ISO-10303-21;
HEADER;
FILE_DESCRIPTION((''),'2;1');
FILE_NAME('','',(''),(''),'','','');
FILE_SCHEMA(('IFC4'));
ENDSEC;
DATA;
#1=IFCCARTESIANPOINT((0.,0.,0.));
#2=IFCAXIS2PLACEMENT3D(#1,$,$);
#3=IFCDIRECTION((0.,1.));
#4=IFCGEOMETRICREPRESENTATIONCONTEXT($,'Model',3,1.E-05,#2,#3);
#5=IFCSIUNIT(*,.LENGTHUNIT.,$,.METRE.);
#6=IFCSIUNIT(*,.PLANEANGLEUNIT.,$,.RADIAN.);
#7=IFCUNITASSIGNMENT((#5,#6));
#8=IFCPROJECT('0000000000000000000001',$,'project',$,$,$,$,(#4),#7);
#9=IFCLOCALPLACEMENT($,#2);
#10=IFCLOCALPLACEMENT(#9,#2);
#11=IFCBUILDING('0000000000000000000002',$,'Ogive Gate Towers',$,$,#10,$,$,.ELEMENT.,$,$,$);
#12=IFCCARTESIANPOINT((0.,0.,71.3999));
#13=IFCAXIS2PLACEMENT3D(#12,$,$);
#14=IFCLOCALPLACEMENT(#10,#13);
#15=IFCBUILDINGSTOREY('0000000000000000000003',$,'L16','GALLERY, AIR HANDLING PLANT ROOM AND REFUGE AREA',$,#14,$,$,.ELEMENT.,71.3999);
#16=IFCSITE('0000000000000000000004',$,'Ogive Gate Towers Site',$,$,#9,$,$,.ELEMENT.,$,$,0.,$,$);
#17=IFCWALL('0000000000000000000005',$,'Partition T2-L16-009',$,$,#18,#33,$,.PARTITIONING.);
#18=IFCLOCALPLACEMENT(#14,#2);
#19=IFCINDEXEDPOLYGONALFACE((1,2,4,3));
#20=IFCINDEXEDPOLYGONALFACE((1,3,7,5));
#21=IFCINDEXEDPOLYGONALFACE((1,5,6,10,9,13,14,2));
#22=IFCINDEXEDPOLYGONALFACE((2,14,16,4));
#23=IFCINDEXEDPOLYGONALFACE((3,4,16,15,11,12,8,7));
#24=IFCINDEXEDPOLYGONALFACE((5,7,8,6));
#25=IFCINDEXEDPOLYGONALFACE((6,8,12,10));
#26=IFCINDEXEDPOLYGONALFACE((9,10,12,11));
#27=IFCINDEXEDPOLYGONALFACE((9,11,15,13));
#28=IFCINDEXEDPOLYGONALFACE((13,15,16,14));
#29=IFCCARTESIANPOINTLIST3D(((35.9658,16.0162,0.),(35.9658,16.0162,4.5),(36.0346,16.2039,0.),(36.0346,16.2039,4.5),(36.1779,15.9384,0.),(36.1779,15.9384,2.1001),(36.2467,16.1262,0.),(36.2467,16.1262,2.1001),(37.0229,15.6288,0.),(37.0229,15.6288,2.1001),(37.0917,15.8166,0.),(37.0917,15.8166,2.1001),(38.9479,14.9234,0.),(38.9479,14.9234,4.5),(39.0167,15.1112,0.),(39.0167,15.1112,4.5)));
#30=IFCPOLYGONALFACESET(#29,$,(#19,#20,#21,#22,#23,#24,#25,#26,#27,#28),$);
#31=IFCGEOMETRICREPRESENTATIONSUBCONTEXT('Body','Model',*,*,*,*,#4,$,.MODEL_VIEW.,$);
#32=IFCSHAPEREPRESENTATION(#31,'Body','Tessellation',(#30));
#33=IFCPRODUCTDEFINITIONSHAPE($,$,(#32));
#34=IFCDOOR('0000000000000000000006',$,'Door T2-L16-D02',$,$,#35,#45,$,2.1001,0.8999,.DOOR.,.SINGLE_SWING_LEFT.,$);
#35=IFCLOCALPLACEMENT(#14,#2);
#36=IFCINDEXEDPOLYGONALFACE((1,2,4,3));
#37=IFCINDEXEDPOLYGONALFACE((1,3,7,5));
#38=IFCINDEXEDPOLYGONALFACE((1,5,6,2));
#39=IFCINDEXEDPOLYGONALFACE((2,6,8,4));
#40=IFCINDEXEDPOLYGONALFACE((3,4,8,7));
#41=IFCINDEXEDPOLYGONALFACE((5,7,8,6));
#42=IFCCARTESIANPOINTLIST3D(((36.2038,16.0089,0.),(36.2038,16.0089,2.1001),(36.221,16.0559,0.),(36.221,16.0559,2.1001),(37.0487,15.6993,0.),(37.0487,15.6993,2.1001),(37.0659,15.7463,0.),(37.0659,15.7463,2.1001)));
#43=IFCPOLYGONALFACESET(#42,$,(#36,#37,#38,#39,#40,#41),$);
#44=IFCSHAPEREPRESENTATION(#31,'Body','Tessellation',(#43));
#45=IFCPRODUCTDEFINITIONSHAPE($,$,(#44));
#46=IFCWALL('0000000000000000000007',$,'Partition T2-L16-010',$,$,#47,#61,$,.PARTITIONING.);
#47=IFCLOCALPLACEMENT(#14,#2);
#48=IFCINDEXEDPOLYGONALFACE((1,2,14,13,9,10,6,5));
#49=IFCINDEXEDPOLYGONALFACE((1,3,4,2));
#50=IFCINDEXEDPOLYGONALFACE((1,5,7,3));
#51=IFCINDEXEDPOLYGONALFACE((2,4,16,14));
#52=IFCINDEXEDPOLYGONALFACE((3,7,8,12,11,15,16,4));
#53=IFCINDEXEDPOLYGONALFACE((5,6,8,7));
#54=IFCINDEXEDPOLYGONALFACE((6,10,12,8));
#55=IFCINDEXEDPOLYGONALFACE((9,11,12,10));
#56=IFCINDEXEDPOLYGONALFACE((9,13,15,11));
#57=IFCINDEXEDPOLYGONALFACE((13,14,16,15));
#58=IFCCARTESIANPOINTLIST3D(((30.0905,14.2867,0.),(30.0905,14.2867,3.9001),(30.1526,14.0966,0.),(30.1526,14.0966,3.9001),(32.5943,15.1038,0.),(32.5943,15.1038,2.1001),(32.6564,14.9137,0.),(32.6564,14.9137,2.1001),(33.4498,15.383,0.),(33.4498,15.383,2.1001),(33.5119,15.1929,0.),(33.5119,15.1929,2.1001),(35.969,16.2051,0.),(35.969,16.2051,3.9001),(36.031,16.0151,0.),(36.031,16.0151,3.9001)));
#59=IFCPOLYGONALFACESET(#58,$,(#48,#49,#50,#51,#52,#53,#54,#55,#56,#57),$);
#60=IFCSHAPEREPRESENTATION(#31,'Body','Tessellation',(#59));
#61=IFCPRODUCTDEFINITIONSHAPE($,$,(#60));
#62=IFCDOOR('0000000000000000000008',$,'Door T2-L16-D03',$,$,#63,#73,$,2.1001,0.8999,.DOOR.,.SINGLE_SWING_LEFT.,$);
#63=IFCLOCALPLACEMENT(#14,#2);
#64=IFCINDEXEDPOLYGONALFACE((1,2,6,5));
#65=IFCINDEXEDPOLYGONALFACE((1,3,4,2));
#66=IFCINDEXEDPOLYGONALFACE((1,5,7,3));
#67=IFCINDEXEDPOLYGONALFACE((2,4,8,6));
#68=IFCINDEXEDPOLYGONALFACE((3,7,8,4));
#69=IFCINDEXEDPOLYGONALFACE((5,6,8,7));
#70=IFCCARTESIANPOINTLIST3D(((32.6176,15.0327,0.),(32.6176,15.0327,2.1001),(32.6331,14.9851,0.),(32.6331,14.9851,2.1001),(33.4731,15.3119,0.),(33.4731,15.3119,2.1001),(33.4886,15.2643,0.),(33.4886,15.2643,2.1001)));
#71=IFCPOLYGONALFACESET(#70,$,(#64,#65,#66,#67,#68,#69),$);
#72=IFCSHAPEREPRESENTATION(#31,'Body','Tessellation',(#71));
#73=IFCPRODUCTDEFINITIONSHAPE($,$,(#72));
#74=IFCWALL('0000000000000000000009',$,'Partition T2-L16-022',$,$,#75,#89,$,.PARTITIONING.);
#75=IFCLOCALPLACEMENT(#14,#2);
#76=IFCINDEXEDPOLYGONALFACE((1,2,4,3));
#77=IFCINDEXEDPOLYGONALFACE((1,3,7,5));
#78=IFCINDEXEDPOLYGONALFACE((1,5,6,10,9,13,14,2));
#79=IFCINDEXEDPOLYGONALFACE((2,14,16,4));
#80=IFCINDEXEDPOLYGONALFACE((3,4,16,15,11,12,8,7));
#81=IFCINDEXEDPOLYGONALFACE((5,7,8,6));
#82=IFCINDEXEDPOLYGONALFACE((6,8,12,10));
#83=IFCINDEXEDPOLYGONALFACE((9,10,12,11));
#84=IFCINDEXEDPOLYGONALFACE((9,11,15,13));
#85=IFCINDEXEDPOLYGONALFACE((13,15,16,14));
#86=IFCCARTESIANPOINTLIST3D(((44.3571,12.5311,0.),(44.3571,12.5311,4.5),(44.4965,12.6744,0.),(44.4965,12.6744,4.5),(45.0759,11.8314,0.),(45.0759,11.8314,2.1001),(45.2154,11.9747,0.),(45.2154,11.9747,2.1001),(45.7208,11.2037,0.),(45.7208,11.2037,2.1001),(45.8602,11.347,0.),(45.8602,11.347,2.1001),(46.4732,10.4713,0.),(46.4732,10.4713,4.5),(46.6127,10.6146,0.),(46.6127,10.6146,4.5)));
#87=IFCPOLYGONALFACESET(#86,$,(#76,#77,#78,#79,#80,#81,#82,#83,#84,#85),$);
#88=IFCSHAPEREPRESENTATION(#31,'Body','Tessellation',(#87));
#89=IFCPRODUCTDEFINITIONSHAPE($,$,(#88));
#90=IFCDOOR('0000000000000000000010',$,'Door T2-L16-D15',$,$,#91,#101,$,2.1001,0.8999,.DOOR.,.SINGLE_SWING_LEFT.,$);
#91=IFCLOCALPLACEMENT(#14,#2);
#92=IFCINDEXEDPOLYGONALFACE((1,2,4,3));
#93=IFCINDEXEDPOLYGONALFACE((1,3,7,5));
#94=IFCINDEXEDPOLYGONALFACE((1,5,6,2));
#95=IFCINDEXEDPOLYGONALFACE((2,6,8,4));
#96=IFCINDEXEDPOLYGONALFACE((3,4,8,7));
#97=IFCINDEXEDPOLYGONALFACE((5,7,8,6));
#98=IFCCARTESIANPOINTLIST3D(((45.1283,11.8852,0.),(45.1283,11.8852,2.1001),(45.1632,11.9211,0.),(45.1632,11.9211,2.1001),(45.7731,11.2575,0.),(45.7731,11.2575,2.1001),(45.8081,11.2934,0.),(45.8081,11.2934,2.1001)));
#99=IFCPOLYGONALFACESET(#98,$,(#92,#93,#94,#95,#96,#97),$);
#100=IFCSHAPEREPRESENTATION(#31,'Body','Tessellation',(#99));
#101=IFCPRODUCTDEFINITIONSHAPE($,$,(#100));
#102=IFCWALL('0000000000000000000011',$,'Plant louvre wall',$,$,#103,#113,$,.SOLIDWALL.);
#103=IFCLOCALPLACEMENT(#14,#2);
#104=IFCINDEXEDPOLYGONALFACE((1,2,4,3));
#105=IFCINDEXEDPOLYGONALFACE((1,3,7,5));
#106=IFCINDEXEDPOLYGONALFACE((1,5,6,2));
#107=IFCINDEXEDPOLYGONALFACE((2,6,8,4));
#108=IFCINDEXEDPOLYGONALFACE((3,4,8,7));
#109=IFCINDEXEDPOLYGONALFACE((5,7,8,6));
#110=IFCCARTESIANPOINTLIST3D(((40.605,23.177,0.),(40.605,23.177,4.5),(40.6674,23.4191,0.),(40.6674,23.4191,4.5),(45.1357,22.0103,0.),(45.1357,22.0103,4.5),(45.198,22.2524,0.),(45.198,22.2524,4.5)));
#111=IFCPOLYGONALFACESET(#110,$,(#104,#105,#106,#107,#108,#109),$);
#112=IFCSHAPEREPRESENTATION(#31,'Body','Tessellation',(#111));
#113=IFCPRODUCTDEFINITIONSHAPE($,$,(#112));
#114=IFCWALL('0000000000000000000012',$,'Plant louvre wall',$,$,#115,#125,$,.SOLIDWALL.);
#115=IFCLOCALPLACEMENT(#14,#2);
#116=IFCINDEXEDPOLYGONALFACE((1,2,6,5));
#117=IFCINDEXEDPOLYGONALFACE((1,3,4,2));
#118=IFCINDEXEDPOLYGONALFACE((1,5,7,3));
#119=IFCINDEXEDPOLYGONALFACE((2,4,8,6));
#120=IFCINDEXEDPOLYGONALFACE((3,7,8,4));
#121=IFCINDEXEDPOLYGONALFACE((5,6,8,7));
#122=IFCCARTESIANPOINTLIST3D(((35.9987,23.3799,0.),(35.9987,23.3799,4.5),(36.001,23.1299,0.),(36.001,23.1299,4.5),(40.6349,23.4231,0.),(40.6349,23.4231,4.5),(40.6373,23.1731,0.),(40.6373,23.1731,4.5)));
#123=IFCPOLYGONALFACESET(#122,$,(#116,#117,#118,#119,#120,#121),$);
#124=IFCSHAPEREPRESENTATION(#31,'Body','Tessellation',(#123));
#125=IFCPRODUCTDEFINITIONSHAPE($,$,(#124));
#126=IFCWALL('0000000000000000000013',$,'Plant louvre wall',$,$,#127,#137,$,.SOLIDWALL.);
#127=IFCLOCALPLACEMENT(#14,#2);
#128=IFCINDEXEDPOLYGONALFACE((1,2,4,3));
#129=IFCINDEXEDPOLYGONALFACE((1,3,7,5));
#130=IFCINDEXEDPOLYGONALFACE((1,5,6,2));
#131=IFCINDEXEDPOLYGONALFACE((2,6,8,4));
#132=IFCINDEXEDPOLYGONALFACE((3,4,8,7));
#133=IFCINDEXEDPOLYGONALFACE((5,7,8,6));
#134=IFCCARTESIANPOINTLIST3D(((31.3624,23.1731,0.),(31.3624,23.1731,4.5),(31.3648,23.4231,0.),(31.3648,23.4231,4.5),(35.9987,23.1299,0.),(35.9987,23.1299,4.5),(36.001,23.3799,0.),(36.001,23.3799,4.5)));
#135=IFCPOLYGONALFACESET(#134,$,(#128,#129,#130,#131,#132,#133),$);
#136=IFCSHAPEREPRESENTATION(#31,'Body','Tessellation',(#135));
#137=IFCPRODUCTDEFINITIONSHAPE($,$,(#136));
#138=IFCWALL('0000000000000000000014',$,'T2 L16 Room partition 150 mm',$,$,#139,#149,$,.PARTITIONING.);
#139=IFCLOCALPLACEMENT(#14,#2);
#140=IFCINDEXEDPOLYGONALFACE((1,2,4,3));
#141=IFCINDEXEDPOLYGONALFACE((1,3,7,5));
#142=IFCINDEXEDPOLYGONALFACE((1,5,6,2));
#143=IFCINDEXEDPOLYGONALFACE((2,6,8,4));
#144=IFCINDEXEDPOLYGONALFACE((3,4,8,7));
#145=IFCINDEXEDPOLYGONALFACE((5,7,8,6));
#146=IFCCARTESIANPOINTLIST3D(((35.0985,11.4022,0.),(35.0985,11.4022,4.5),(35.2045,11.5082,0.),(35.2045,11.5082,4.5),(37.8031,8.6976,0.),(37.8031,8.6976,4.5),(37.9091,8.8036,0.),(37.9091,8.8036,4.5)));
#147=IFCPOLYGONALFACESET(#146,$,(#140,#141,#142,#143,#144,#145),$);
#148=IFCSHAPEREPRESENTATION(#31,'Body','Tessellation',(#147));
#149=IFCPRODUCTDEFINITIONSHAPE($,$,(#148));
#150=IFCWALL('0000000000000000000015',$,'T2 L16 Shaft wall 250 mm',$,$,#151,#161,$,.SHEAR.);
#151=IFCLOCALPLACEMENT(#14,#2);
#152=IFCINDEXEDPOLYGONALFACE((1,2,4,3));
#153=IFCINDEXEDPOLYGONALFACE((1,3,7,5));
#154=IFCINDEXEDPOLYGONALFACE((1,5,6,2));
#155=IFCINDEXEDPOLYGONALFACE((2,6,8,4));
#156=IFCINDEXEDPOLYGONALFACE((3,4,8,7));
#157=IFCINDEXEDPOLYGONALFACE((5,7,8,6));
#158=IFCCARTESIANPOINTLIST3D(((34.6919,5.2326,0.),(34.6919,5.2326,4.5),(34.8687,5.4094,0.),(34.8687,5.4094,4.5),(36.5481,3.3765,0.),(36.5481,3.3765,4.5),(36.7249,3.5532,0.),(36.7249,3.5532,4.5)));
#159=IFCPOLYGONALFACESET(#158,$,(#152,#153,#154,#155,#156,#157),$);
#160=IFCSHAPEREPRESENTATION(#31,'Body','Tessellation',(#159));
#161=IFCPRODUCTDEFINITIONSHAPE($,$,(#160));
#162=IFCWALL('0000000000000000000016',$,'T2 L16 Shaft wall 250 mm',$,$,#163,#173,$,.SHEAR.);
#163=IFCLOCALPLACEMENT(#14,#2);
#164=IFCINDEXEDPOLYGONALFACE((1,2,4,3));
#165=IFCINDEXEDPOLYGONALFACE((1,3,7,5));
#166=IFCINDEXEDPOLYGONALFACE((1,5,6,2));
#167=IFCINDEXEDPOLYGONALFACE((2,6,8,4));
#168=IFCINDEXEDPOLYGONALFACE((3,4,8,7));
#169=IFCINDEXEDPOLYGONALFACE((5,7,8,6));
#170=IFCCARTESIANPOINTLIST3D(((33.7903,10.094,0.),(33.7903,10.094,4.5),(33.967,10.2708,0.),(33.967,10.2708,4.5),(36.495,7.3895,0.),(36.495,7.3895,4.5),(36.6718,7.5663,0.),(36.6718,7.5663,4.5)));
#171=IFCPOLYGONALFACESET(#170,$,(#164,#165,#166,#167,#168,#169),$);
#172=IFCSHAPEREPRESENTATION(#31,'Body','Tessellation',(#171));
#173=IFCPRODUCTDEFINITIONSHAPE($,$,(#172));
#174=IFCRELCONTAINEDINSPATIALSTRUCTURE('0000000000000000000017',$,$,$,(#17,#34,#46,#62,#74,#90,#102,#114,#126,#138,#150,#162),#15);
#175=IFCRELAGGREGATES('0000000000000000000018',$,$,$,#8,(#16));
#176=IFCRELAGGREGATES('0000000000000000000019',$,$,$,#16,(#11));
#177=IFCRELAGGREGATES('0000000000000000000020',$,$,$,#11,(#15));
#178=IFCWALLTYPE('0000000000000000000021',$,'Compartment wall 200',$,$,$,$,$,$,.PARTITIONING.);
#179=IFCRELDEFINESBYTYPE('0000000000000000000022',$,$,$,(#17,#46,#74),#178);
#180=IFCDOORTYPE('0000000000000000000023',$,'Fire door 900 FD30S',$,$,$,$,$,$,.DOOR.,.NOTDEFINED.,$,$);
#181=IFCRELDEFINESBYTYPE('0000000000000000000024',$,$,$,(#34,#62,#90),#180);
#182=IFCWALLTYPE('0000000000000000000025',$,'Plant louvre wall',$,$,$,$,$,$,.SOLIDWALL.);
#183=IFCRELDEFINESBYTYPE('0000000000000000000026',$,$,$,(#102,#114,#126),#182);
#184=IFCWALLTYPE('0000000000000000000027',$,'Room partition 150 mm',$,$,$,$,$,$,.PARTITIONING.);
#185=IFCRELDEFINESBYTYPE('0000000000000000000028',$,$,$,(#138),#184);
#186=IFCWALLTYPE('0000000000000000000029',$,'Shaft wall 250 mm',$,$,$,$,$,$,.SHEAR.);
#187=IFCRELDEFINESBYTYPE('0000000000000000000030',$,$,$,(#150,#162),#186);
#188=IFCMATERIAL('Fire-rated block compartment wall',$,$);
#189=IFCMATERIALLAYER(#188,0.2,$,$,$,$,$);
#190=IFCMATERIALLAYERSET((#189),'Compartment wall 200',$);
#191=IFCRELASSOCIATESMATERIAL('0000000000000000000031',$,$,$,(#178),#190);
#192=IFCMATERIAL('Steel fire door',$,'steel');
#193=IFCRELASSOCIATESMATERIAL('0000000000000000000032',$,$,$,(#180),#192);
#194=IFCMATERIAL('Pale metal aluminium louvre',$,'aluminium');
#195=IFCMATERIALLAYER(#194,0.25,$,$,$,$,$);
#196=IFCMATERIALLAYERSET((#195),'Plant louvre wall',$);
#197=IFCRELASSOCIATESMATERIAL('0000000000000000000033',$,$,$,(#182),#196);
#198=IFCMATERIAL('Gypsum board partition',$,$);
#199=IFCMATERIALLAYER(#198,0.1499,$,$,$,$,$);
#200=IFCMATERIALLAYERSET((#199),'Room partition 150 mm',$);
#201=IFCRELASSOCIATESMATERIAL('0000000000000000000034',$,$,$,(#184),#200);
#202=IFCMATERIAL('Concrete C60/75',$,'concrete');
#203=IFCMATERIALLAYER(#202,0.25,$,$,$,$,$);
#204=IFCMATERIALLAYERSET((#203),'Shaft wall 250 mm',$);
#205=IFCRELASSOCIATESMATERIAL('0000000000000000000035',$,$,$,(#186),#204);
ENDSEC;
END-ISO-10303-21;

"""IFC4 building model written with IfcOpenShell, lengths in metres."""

from ifc_helpers import new_model, si_unit, direction, frame, frame_2d, origin, place, context, subcontext, project, spatial, rectangle, extrude, material, layer, layer_set, type_object, element, fill, save


model = new_model("IFC4")

# Units and contexts
model_context = context("Model", 3, precision=1e-05, world=origin(), true_north=direction((0.0, 1.0)))
body_context = subcontext(model_context, "Body", "Model", "MODEL_VIEW")
ifc_project = project(units=[si_unit("LENGTHUNIT", "METRE"), si_unit("PLANEANGLEUNIT", "RADIAN")], contexts=[model_context])

# Site, building, storey
site_placement = place(None, origin())
site = spatial("IfcSite", under=ifc_project, at=site_placement, Name="Ogive Gate Towers Site", CompositionType="ELEMENT", RefElevation=0.0)
building_placement = place(site_placement, origin())
building = spatial("IfcBuilding", under=site, at=building_placement, Name="Ogive Gate Towers", CompositionType="ELEMENT")
storey_placement = place(building_placement, frame((0.0, 0.0, 71.3999)))
storey = spatial("IfcBuildingStorey", under=building, at=storey_placement, Name="L16", Description="GALLERY, AIR HANDLING PLANT ROOM AND REFUGE AREA", CompositionType="ELEMENT", Elevation=71.3999)

# Shared definitions
ifc_material_1 = material(Name="Fire-rated block compartment wall")
ifc_layer_1 = layer(ifc_material_1, 0.2)
ifc_layer_set_1 = layer_set([ifc_layer_1], Name="Compartment wall 200")
wall_type_1 = type_object("IfcWallType", Name="Compartment wall 200", PredefinedType="PARTITIONING", material=ifc_layer_set_1)

# Walls, openings, doors
ifc_material_2 = material(Name="Steel fire door", Category="steel")
door_type = type_object("IfcDoorType", Name="Fire door 900 FD30S", OperationType="NOTDEFINED", PredefinedType="DOOR", material=ifc_material_2)
wall_1_placement = place(storey_placement, frame((38.9822, 15.0173, 0.0), z_axis=(0.0, 0.0, 1.0), x_axis=(-0.938947, 0.344063, 0.0)))
wall_1 = element("IfcWall", 1, at=wall_1_placement, inside=storey, type_object=wall_type_1, Name="Partition T2-L16-009", PredefinedType="PARTITIONING", context=body_context, shape_type="SweptSolid", body=[
    extrude(rectangle(XDim=3.176, YDim=0.2, at=frame_2d((1.5879, 0.0))), origin(), (0.0, 0.0, 1.0), 4.5),
])
opening_1_placement = place(wall_1_placement, frame((2.05, 0.0, 0.0)))
opening_1 = element("IfcOpeningElement", 2, at=opening_1_placement, cuts=wall_1, PredefinedType="OPENING", context=body_context, shape_type="SweptSolid", body=[
    extrude(rectangle(XDim=0.8999, YDim=2.1001, at=frame_2d((0.45, 1.05))), frame((0.0, 0.1099, 0.0), z_axis=(0.0, -1.0, 0.0), x_axis=(1.0, 0.0, 0.0)), (0.0, 0.0, 1.0), 0.22),
])
door_1_placement = place(opening_1_placement, origin())
door_1 = element("IfcDoor", 3, at=door_1_placement, inside=storey, type_object=door_type, Name="Door T2-L16-D02", OperationType="SINGLE_SWING_LEFT", OverallHeight=2.1001, OverallWidth=0.8999, PredefinedType="DOOR", context=body_context, shape_type="SweptSolid", body=[
    extrude(rectangle(XDim=0.8999, YDim=2.1001, at=frame_2d((0.45, 1.05))), frame((0.0, 0.0249, 0.0), z_axis=(0.0, -1.0, 0.0), x_axis=(1.0, 0.0, 0.0)), (0.0, 0.0, 1.0), 0.05),
])
fill(opening_1, door_1)
wall_2_placement = place(storey_placement, frame((36.0, 16.1101, 0.0), z_axis=(0.0, 0.0, 1.0), x_axis=(-0.950654, -0.310252, 0.0)))
wall_2 = element("IfcWall", 4, at=wall_2_placement, inside=storey, type_object=wall_type_1, Name="Partition T2-L16-010", PredefinedType="PARTITIONING", context=body_context, shape_type="SweptSolid", body=[
    extrude(rectangle(XDim=6.1836, YDim=0.2, at=frame_2d((3.0918, 0.0))), origin(), (0.0, 0.0, 1.0), 3.9001),
])
opening_2_placement = place(wall_2_placement, frame((2.6499, 0.0, 0.0)))
opening_2 = element("IfcOpeningElement", 5, at=opening_2_placement, cuts=wall_2, PredefinedType="OPENING", context=body_context, shape_type="SweptSolid", body=[
    extrude(rectangle(XDim=0.8999, YDim=2.1001, at=frame_2d((0.45, 1.05))), frame((0.0, 0.1099, 0.0), z_axis=(0.0, -1.0, 0.0), x_axis=(1.0, 0.0, 0.0)), (0.0, 0.0, 1.0), 0.22),
])
door_2_placement = place(opening_2_placement, origin())
door_2 = element("IfcDoor", 6, at=door_2_placement, inside=storey, type_object=door_type, Name="Door T2-L16-D03", OperationType="SINGLE_SWING_LEFT", OverallHeight=2.1001, OverallWidth=0.8999, PredefinedType="DOOR", context=body_context, shape_type="SweptSolid", body=[
    extrude(rectangle(XDim=0.8999, YDim=2.1001, at=frame_2d((0.45, 1.05))), frame((0.0, 0.0249, 0.0), z_axis=(0.0, -1.0, 0.0), x_axis=(1.0, 0.0, 0.0)), (0.0, 0.0, 1.0), 0.05),
])
fill(opening_2, door_2)
wall_3_placement = place(storey_placement, frame((46.543, 10.543, 0.0), z_axis=(0.0, 0.0, 1.0), x_axis=(-0.716591, 0.697494, 0.0)))
wall_3 = element("IfcWall", 7, at=wall_3_placement, inside=storey, type_object=wall_type_1, Name="Partition T2-L16-022", PredefinedType="PARTITIONING", context=body_context, shape_type="SweptSolid", body=[
    extrude(rectangle(XDim=2.9531, YDim=0.2, at=frame_2d((1.4766, 0.0))), origin(), (0.0, 0.0, 1.0), 4.5),
])
opening_3_placement = place(wall_3_placement, frame((1.05, 0.0, 0.0)))
opening_3 = element("IfcOpeningElement", 8, at=opening_3_placement, cuts=wall_3, PredefinedType="OPENING", context=body_context, shape_type="SweptSolid", body=[
    extrude(rectangle(XDim=0.8999, YDim=2.1001, at=frame_2d((0.45, 1.05))), frame((0.0, 0.1099, 0.0), z_axis=(0.0, -1.0, 0.0), x_axis=(1.0, 0.0, 0.0)), (0.0, 0.0, 1.0), 0.22),
])
door_3_placement = place(opening_3_placement, origin())
door_3 = element("IfcDoor", 9, at=door_3_placement, inside=storey, type_object=door_type, Name="Door T2-L16-D15", OperationType="SINGLE_SWING_LEFT", OverallHeight=2.1001, OverallWidth=0.8999, PredefinedType="DOOR", context=body_context, shape_type="SweptSolid", body=[
    extrude(rectangle(XDim=0.8999, YDim=2.1001, at=frame_2d((0.45, 1.05))), frame((0.0, 0.0249, 0.0), z_axis=(0.0, -1.0, 0.0), x_axis=(1.0, 0.0, 0.0)), (0.0, 0.0, 1.0), 0.05),
])
fill(opening_3, door_3)

# Walls
ifc_material_3 = material(Name="Pale metal aluminium louvre", Category="aluminium")
ifc_layer_2 = layer(ifc_material_3, 0.25)
ifc_layer_set_2 = layer_set([ifc_layer_2], Name="Plant louvre wall")
wall_type_2 = type_object("IfcWallType", Name="Plant louvre wall", PredefinedType="SOLIDWALL", material=ifc_layer_set_2)
wall_4_placement = place(storey_placement, frame((45.167, 22.1313, 0.0), z_axis=(0.0, 0.0, 1.0), x_axis=(-0.968405, 0.249381, 0.0)))
element("IfcWall", 10, at=wall_4_placement, inside=storey, type_object=wall_type_2, Name="Plant louvre wall", PredefinedType="SOLIDWALL", context=body_context, shape_type="SweptSolid", body=[
    extrude(rectangle(XDim=4.6785, YDim=0.25, at=frame_2d((2.3394, 0.0))), origin(), (0.0, 0.0, 1.0), 4.5),
])
for number, where, z_axis, x_axis, name in (
    (11, (40.6362, 23.2981, 0.0), (0.0, 0.0, 1.0), (-0.999957, -0.00932, 0.0), "Plant louvre wall"),
    (12, (36.0, 23.2549, 0.0), (0.0, 0.0, 1.0), (-0.999957, 0.00932, 0.0), "Plant louvre wall"),
):
    element("IfcWall", number, at=place(storey_placement, frame(where, z_axis=z_axis, x_axis=x_axis)), inside=storey, type_object=wall_type_2, Name=name, PredefinedType="SOLIDWALL", context=body_context, shape_type="SweptSolid", body=[
        extrude(rectangle(XDim=4.6365, YDim=0.25, at=frame_2d((2.3184, 0.0))), origin(), (0.0, 0.0, 1.0), 4.5),
    ])
ifc_material_4 = material(Name="Gypsum board partition")
ifc_layer_3 = layer(ifc_material_4, 0.1499)
ifc_layer_set_3 = layer_set([ifc_layer_3], Name="Room partition 150 mm")
wall_type_3 = type_object("IfcWallType", Name="Room partition 150 mm", PredefinedType="PARTITIONING", material=ifc_layer_set_3)
wall_5_placement = place(storey_placement, frame((37.8562, 8.7505, 0.0), z_axis=(0.0, 0.0, 1.0), x_axis=(-0.707107, 0.707107, 0.0)))
element("IfcWall", 13, at=wall_5_placement, inside=storey, type_object=wall_type_3, Name="T2 L16 Room partition 150 mm", PredefinedType="PARTITIONING", context=body_context, shape_type="SweptSolid", body=[
    extrude(rectangle(XDim=3.825, YDim=0.1499, at=frame_2d((1.9126, 0.0))), origin(), (0.0, 0.0, 1.0), 4.5),
])
ifc_material_5 = material(Name="Concrete C60/75", Category="concrete")
ifc_layer_4 = layer(ifc_material_5, 0.25)
ifc_layer_set_4 = layer_set([ifc_layer_4], Name="Shaft wall 250 mm")
wall_type_4 = type_object("IfcWallType", Name="Shaft wall 250 mm", PredefinedType="SHEAR", material=ifc_layer_set_4)
wall_6_placement = place(storey_placement, frame((36.6365, 3.4648, 0.0), z_axis=(0.0, 0.0, 1.0), x_axis=(-0.707107, 0.707107, 0.0)))
element("IfcWall", 14, at=wall_6_placement, inside=storey, type_object=wall_type_4, Name="T2 L16 Shaft wall 250 mm", PredefinedType="SHEAR", context=body_context, shape_type="SweptSolid", body=[
    extrude(rectangle(XDim=2.625, YDim=0.25, at=frame_2d((1.3125, 0.0))), origin(), (0.0, 0.0, 1.0), 4.5),
])
wall_7_placement = place(storey_placement, frame((36.5835, 7.4778, 0.0), z_axis=(0.0, 0.0, 1.0), x_axis=(-0.707139, 0.707075, 0.0)))
element("IfcWall", 15, at=wall_7_placement, inside=storey, type_object=wall_type_4, Name="T2 L16 Shaft wall 250 mm", PredefinedType="SHEAR", context=body_context, shape_type="SweptSolid", body=[
    extrude(rectangle(XDim=3.825, YDim=0.25, at=frame_2d((1.9126, 0.0))), origin(), (0.0, 0.0, 1.0), 4.5),
])

save(model, "model.ifc")
